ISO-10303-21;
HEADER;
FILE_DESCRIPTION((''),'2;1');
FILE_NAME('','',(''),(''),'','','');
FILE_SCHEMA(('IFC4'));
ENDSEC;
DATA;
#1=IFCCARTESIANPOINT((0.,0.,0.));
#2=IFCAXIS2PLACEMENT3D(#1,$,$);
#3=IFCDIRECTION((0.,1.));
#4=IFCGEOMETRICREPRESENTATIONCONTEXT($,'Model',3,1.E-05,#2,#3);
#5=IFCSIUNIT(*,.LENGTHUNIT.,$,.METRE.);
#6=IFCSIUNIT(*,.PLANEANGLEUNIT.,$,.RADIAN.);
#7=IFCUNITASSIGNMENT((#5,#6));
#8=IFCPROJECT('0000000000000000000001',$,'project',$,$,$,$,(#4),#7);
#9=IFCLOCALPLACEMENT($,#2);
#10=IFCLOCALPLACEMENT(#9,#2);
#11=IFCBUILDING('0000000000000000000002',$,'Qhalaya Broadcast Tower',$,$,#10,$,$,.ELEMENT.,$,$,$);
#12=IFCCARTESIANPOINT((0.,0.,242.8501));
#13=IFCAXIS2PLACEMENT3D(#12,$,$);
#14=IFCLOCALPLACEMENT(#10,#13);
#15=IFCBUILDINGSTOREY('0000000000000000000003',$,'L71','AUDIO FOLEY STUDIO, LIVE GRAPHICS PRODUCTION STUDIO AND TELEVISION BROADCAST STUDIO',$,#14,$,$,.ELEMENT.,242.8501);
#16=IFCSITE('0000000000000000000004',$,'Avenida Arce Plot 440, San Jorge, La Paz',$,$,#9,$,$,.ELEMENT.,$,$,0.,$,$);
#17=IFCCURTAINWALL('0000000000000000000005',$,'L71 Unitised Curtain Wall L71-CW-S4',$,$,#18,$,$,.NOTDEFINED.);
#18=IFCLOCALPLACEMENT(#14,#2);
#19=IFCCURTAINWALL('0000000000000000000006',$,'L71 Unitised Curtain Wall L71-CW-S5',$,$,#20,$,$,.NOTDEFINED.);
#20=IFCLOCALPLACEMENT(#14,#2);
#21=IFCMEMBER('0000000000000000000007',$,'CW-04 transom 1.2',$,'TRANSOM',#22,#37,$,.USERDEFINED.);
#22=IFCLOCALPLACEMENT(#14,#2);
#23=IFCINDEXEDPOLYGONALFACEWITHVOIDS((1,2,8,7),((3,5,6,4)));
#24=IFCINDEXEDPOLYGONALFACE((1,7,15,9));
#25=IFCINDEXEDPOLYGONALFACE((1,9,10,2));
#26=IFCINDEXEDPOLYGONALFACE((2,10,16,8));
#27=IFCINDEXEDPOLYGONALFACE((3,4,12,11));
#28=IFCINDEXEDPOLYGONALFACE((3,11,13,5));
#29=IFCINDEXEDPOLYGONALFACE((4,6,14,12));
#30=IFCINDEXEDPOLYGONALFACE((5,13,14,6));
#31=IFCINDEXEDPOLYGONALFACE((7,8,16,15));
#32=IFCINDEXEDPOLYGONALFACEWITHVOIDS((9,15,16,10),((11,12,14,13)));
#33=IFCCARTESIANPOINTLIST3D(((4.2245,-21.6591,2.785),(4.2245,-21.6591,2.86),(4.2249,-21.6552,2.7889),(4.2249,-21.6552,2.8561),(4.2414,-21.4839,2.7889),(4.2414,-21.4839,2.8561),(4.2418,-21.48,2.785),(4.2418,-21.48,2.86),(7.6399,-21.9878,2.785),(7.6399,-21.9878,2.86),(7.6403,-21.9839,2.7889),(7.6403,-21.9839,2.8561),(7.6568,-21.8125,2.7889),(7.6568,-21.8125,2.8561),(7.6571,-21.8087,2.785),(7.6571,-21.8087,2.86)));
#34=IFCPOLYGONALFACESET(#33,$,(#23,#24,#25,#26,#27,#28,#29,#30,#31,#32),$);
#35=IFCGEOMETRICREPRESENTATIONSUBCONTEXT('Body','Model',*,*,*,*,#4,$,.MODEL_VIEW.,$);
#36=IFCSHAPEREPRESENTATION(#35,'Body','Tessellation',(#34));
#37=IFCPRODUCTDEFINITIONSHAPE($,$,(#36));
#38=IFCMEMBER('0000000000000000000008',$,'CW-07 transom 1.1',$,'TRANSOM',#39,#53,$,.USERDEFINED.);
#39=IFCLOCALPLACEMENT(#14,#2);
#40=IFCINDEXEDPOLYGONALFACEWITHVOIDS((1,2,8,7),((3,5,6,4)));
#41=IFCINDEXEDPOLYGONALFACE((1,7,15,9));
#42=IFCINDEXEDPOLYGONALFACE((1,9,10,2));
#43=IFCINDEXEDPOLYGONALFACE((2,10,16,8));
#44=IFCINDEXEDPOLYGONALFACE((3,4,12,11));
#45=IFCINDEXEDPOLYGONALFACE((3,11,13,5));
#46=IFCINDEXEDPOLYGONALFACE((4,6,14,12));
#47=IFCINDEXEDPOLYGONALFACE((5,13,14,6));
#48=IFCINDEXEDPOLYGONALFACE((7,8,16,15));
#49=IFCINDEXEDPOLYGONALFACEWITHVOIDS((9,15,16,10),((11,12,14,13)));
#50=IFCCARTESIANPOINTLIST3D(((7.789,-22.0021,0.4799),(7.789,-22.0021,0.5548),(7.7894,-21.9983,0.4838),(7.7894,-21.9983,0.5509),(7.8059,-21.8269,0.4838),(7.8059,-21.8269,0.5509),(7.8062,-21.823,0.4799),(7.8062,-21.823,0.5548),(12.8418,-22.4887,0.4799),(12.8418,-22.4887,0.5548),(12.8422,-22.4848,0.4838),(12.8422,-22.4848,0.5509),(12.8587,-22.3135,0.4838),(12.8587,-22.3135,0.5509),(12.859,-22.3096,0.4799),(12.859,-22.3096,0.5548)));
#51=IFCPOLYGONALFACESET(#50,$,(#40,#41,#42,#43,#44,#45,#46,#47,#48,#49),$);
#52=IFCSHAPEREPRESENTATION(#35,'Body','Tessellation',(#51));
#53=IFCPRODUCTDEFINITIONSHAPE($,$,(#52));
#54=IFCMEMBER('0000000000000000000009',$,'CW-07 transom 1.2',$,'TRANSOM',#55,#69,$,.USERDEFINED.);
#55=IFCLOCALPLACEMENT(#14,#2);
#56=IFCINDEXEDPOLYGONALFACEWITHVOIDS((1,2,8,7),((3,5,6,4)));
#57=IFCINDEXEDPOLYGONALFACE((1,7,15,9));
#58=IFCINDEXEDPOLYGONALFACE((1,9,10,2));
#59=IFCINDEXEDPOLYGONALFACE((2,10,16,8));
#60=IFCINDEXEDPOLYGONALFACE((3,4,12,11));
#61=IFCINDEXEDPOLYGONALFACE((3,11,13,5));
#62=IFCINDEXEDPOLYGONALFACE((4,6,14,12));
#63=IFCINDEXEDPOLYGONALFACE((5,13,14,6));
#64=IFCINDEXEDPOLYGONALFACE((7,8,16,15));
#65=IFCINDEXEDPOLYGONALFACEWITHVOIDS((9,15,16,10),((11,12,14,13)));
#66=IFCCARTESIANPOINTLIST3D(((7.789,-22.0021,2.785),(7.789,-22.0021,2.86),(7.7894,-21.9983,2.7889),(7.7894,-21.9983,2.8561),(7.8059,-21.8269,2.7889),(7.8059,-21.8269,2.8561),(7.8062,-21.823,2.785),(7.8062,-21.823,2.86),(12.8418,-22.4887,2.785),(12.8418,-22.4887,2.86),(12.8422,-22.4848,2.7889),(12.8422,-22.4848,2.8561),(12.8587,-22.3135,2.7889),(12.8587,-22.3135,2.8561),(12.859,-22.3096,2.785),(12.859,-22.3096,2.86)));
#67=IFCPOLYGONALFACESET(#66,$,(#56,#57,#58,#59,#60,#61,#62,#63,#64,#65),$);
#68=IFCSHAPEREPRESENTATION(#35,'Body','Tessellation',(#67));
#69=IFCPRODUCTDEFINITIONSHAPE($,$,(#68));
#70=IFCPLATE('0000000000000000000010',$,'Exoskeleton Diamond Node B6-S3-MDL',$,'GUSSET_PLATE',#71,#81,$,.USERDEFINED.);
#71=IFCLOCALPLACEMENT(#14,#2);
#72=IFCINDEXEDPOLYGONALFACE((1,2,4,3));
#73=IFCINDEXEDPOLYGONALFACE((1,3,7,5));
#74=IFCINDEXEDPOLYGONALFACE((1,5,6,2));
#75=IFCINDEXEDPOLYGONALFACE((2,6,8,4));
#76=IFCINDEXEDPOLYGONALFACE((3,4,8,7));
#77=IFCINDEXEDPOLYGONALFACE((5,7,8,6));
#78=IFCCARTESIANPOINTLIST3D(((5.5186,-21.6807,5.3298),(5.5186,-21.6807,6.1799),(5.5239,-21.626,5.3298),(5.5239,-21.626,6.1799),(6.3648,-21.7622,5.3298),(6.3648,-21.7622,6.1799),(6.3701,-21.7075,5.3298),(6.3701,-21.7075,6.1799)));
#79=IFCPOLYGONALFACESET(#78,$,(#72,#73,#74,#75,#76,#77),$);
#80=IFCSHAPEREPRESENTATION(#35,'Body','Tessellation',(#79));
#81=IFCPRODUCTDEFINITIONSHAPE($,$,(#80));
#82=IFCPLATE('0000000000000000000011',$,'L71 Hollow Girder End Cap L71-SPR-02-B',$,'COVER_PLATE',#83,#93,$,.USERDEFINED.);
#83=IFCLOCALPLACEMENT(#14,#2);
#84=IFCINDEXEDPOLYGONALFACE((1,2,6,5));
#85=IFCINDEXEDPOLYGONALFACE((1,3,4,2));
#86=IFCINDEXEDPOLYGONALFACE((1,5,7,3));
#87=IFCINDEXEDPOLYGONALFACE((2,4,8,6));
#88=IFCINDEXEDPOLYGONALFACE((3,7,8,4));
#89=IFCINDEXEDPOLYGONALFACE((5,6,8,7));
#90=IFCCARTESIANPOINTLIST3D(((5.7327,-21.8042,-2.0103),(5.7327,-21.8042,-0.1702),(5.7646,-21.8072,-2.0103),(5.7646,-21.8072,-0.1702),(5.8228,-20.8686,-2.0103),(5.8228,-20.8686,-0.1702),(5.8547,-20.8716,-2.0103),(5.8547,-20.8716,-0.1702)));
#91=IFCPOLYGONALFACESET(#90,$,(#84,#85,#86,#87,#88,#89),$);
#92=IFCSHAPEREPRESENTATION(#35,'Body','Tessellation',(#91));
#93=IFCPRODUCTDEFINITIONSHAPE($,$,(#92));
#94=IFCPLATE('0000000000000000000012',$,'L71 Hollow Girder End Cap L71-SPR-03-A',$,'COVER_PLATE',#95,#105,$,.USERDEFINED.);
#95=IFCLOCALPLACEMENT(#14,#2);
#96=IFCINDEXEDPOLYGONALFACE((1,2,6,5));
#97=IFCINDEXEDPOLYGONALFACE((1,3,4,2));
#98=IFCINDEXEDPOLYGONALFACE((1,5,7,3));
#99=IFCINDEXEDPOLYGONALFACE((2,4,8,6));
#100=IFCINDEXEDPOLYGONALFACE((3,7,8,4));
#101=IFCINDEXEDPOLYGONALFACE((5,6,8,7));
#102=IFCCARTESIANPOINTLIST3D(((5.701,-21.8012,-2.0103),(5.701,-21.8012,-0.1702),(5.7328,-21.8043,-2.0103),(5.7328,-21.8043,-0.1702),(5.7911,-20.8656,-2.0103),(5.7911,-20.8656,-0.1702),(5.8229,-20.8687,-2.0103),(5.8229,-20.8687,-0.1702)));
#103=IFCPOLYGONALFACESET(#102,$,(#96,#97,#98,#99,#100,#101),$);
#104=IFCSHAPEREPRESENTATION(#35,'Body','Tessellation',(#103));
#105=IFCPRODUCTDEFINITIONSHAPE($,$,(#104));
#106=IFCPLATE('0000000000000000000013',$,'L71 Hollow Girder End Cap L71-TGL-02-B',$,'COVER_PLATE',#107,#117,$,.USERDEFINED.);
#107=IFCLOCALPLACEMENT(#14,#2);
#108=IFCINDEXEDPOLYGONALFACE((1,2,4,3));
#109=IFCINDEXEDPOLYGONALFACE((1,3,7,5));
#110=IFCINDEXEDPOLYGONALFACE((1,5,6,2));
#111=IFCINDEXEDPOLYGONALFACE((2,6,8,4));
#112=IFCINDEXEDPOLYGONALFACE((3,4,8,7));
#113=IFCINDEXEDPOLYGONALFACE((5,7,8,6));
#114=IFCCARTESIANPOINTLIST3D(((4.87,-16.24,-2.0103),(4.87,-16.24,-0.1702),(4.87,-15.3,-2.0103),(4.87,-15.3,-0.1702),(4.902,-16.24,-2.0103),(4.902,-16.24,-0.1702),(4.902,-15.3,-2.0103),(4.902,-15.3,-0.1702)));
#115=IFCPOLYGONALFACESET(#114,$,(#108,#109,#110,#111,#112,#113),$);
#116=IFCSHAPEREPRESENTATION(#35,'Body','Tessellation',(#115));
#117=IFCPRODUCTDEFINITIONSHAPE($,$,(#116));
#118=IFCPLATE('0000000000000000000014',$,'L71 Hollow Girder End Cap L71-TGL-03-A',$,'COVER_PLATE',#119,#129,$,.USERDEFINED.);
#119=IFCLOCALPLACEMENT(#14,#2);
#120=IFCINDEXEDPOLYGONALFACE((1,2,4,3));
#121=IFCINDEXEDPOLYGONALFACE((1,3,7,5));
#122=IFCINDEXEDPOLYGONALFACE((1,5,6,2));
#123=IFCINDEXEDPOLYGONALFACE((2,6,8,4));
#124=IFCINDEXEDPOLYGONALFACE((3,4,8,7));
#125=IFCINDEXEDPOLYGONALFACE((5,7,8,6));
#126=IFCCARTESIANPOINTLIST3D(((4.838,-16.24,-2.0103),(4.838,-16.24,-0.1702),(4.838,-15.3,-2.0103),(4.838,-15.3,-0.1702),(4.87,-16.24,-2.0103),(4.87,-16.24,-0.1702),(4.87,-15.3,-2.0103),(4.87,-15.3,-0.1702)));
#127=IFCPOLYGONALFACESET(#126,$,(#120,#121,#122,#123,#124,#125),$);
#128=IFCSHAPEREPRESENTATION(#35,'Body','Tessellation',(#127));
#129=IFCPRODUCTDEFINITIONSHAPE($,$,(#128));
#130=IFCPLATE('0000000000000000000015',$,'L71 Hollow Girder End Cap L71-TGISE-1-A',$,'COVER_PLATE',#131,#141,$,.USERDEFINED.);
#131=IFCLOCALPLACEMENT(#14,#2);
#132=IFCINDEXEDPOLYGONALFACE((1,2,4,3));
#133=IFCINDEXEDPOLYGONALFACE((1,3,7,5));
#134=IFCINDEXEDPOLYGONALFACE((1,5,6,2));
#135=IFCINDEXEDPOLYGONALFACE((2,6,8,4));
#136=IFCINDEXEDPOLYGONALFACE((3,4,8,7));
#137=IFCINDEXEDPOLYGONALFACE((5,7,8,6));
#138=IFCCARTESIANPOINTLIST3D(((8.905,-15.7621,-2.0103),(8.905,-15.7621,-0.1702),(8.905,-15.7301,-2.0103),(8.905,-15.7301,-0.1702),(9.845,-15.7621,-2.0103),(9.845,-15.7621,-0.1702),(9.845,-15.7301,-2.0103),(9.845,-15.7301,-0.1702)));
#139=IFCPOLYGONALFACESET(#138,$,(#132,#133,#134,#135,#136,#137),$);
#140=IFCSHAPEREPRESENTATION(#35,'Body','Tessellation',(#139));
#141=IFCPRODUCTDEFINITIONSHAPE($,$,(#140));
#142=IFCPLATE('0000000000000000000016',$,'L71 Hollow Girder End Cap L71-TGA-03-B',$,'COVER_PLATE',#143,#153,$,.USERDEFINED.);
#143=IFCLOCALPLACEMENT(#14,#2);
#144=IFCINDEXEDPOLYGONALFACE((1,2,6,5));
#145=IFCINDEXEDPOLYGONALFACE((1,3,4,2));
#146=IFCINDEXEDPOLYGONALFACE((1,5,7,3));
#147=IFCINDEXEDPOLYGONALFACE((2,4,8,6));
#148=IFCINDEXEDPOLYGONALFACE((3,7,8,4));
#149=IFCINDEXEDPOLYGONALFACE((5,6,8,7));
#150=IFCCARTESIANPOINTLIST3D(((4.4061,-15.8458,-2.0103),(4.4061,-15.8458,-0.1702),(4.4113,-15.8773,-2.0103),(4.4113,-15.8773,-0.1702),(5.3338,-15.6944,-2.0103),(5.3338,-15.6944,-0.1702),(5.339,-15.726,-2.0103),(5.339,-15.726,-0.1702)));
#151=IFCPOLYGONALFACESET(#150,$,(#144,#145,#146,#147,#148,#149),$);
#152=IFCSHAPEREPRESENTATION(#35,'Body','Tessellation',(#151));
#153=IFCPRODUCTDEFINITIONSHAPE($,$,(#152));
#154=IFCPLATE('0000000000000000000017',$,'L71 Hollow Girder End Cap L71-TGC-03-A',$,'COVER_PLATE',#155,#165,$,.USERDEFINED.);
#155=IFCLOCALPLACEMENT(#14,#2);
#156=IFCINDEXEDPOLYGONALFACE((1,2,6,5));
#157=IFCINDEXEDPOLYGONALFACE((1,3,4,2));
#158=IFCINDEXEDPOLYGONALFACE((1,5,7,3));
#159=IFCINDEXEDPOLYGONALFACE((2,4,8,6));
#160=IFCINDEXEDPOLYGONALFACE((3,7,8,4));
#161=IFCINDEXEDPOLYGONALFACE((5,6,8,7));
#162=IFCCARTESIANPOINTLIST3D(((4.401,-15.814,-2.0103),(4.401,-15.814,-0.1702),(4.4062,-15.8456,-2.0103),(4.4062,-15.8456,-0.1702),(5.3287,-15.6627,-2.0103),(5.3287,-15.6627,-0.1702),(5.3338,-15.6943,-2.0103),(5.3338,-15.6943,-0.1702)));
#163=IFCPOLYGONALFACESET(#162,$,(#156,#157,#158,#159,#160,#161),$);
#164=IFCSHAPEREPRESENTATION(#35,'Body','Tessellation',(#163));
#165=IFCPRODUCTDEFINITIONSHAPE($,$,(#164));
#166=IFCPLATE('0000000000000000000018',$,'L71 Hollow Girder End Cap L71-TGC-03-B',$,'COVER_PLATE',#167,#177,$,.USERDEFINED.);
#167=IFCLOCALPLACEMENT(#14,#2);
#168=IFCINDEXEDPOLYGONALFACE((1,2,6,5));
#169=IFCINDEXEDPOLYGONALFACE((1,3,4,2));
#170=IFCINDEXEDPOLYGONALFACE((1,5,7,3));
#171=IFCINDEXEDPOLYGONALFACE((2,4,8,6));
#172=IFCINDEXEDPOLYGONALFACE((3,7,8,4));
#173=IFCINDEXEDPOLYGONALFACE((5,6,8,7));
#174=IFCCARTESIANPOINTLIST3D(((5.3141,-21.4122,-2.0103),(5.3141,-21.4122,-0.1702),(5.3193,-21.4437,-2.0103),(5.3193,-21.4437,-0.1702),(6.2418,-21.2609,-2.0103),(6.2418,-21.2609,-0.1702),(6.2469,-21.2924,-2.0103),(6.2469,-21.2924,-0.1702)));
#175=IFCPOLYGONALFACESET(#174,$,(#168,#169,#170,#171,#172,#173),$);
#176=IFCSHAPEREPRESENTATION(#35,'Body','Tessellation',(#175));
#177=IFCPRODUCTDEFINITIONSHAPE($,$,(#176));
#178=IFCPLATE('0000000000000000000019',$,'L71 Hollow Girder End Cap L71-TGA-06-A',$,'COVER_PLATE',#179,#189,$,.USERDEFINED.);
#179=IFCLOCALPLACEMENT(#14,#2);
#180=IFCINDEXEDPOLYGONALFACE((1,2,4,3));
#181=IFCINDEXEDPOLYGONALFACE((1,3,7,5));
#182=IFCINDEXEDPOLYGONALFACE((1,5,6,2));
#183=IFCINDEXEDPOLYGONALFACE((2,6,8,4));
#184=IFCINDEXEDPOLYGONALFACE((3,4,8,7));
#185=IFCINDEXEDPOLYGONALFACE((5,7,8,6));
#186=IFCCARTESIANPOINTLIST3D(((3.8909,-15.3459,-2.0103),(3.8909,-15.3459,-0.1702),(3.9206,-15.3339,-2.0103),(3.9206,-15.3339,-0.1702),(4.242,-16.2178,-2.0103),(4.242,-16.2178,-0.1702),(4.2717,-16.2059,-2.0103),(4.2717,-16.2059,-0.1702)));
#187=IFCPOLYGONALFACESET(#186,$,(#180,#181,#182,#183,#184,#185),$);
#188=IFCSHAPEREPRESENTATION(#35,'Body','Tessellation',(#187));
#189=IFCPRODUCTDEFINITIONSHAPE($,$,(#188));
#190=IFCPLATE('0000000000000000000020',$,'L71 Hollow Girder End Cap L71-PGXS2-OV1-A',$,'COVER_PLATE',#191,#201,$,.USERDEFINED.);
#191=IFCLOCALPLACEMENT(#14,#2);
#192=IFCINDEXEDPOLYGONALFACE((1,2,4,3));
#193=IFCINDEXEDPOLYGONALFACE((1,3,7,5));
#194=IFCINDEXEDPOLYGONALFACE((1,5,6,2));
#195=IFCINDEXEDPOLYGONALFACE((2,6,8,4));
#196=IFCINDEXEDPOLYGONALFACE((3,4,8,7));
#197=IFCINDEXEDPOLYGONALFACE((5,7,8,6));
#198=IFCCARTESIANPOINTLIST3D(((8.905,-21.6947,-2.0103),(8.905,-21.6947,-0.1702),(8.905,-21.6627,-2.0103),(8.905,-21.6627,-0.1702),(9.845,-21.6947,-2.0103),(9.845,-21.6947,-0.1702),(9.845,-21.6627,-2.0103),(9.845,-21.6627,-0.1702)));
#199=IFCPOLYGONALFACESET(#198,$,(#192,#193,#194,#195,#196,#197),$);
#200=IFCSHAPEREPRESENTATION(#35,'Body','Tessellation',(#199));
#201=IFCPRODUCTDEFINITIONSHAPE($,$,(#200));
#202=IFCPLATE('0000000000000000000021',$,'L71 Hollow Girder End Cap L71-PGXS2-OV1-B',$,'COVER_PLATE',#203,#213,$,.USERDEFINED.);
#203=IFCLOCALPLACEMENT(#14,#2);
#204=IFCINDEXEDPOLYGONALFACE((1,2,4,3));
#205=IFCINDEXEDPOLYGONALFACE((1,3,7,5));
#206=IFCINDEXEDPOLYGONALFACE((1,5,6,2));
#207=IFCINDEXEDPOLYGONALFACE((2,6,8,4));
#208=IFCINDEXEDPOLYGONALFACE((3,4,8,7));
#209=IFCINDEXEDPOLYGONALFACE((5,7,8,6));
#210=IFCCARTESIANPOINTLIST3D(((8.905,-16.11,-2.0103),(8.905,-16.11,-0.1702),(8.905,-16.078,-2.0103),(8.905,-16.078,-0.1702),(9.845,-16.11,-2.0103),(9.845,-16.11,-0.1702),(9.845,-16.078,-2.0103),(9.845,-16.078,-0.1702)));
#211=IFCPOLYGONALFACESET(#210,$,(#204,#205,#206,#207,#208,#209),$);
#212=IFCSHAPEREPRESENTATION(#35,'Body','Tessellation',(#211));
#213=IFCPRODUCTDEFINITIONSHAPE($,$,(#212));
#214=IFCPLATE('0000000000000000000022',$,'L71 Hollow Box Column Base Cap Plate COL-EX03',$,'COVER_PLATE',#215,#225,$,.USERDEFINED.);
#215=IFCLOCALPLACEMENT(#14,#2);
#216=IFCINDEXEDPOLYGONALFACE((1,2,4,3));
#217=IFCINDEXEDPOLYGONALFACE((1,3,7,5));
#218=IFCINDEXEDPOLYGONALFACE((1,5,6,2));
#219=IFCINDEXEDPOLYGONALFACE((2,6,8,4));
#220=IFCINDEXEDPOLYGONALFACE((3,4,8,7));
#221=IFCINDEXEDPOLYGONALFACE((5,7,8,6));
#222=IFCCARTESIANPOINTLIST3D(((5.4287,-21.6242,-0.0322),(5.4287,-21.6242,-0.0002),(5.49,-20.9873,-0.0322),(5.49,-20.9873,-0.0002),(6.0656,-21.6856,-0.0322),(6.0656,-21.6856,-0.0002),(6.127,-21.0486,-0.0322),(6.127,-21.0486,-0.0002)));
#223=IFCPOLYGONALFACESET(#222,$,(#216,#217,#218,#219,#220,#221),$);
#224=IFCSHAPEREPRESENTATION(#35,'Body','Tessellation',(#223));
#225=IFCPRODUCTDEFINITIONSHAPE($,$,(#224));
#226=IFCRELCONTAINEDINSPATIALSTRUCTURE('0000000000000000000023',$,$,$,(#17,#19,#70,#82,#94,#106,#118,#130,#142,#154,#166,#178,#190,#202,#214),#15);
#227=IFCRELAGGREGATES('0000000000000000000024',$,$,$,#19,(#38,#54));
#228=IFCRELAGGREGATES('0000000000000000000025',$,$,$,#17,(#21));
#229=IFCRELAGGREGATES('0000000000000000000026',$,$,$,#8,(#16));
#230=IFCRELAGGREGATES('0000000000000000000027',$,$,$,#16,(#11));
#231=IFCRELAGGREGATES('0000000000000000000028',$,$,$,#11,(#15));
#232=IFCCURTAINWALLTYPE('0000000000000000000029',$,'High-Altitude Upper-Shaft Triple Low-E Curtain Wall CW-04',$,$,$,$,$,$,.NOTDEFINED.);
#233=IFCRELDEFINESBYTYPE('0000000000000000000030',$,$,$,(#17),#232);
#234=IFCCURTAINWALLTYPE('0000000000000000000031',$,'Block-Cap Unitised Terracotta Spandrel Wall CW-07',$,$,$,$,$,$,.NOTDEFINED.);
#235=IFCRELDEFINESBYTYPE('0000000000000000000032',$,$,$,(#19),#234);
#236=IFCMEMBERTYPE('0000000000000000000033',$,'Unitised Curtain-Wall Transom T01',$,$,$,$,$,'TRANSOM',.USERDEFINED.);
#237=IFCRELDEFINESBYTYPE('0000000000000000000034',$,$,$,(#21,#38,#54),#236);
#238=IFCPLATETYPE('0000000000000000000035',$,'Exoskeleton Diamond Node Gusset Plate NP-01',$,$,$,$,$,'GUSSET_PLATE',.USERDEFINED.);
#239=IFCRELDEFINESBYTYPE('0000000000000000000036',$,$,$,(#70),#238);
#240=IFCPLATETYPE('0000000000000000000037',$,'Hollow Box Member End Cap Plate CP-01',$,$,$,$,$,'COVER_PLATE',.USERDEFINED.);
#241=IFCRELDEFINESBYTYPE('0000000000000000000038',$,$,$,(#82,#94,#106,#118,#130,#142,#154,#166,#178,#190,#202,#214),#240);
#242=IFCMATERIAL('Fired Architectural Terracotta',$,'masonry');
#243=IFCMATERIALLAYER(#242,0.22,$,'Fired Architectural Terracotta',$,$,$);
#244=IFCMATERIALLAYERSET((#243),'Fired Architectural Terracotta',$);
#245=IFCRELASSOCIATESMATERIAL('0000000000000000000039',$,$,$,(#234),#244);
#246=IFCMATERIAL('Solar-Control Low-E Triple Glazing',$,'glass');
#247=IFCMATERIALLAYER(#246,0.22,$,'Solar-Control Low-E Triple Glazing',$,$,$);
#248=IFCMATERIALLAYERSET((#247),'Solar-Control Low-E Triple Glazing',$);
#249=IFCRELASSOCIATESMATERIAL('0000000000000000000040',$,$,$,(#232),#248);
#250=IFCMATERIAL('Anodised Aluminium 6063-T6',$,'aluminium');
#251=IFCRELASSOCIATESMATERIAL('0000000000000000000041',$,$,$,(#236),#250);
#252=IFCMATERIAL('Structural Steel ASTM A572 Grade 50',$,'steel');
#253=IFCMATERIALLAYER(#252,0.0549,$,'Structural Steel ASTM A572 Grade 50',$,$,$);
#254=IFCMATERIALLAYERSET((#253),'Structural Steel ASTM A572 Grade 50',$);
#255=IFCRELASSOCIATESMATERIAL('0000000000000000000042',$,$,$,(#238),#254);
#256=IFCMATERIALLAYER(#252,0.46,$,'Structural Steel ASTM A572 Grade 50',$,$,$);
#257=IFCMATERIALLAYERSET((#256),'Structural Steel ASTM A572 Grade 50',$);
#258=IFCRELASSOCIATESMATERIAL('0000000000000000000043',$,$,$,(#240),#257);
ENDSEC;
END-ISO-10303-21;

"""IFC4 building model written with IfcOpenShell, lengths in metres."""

from ifc_helpers import new_model, si_unit, direction, frame, origin, origin_2d, place, context, subcontext, project, spatial, rectangle, hollow_rectangle, extrude, material, layer, layer_set, material_profile, profile_set, type_object, element, aggregate, save


model = new_model("IFC4")

# Units and contexts
model_context = context("Model", 3, precision=1e-05, world=origin(), true_north=direction((0.0, 1.0)))
body_context = subcontext(model_context, "Body", "Model", "MODEL_VIEW")
ifc_project = project(units=[si_unit("LENGTHUNIT", "METRE"), si_unit("PLANEANGLEUNIT", "RADIAN")], contexts=[model_context])

# Site, building, storey
site_placement = place(None, origin())
site = spatial("IfcSite", under=ifc_project, at=site_placement, Name="Avenida Arce Plot 440, San Jorge, La Paz", CompositionType="ELEMENT", RefElevation=0.0)
building_placement = place(site_placement, origin())
building = spatial("IfcBuilding", under=site, at=building_placement, Name="Qhalaya Broadcast Tower", CompositionType="ELEMENT")
storey_placement = place(building_placement, frame((0.0, 0.0, 242.8501)))
storey = spatial("IfcBuildingStorey", under=building, at=storey_placement, Name="L71", Description="AUDIO FOLEY STUDIO, LIVE GRAPHICS PRODUCTION STUDIO AND TELEVISION BROADCAST STUDIO", CompositionType="ELEMENT", Elevation=242.8501)

# Shared definitions
ifc_material_1 = material(Name="Structural Steel ASTM A572 Grade 50", Category="steel")

# Shared definitions
ifc_material_2 = material(Name="Fired Architectural Terracotta", Category="masonry")
ifc_layer_1 = layer(ifc_material_2, 0.22, Name="Fired Architectural Terracotta")
ifc_layer_set_1 = layer_set([ifc_layer_1], Name="Fired Architectural Terracotta")
curtain_wall_type_1 = type_object("IfcCurtainWallType", Name="Block-Cap Unitised Terracotta Spandrel Wall CW-07", PredefinedType="NOTDEFINED", material=ifc_layer_set_1)
ifc_material_3 = material(Name="Anodised Aluminium 6063-T6", Category="aluminium")

# Curtain wall
ifc_material_4 = material(Name="Solar-Control Low-E Triple Glazing", Category="glass")
ifc_layer_2 = layer(ifc_material_4, 0.22, Name="Solar-Control Low-E Triple Glazing")
ifc_layer_set_2 = layer_set([ifc_layer_2], Name="Solar-Control Low-E Triple Glazing")
curtain_wall_type_2 = type_object("IfcCurtainWallType", Name="High-Altitude Upper-Shaft Triple Low-E Curtain Wall CW-04", PredefinedType="NOTDEFINED", material=ifc_layer_set_2)
curtain_wall_1_placement = place(storey_placement, origin())
curtain_wall_1 = element("IfcCurtainWall", 1, at=curtain_wall_1_placement, inside=storey, type_object=curtain_wall_type_2, Name="L71 Unitised Curtain Wall L71-CW-S4", PredefinedType="NOTDEFINED")

# Curtain wall
curtain_wall_2_placement = place(storey_placement, origin())
curtain_wall_2 = element("IfcCurtainWall", 2, at=curtain_wall_2_placement, inside=storey, type_object=curtain_wall_type_1, Name="L71 Unitised Curtain Wall L71-CW-S5", PredefinedType="NOTDEFINED")

# Members
ifc_material_profile_1 = material_profile(ifc_material_3, hollow_rectangle(XDim=0.075, YDim=0.1799, WallThickness=0.0039, at=origin_2d()), Name="ALU-TRN 75x180x4")
ifc_profile_set_1 = profile_set([ifc_material_profile_1], Name="Anodised Aluminium 6063-T6")
member_type_1 = type_object("IfcMemberType", Name="Unitised Curtain-Wall Transom T01", ElementType="TRANSOM", PredefinedType="USERDEFINED", material=ifc_profile_set_1)
member_1_placement = place(storey_placement, frame((4.2332, -21.5696, 2.8225), z_axis=(0.995403, -0.095776, 0.0), x_axis=(0.0, 0.0, 1.0)))
member_1 = element("IfcMember", 3, at=member_1_placement, type_object=member_type_1, Name="CW-04 transom 1.2", ObjectType="TRANSOM", PredefinedType="USERDEFINED", context=body_context, shape_type="SweptSolid", body=[
    extrude(hollow_rectangle(XDim=0.075, YDim=0.1799, WallThickness=0.0039, at=origin_2d()), origin(), (0.0, 0.0, 1.0), 3.4312),
])
member_2_placement = place(storey_placement, frame((7.7976, -21.9126, 0.5173), z_axis=(0.995395, -0.095855, 0.0), x_axis=(0.0, 0.0, 1.0)))
member_2 = element("IfcMember", 4, at=member_2_placement, type_object=member_type_1, Name="CW-07 transom 1.1", ObjectType="TRANSOM", PredefinedType="USERDEFINED", context=body_context, shape_type="SweptSolid", body=[
    extrude(hollow_rectangle(XDim=0.075, YDim=0.1799, WallThickness=0.0039, at=origin_2d()), origin(), (0.0, 0.0, 1.0), 5.0762),
])
member_3_placement = place(storey_placement, frame((7.7976, -21.9126, 2.8225), z_axis=(0.995395, -0.095855, 0.0), x_axis=(0.0, 0.0, 1.0)))
member_3 = element("IfcMember", 5, at=member_3_placement, type_object=member_type_1, Name="CW-07 transom 1.2", ObjectType="TRANSOM", PredefinedType="USERDEFINED", context=body_context, shape_type="SweptSolid", body=[
    extrude(hollow_rectangle(XDim=0.075, YDim=0.1799, WallThickness=0.0039, at=origin_2d()), origin(), (0.0, 0.0, 1.0), 5.0762),
])
aggregate(curtain_wall_2, [member_2, member_3])

# Plates
ifc_layer_3 = layer(ifc_material_1, 0.0549, Name="Structural Steel ASTM A572 Grade 50")
ifc_layer_set_3 = layer_set([ifc_layer_3], Name="Structural Steel ASTM A572 Grade 50")
plate_type_1 = type_object("IfcPlateType", Name="Exoskeleton Diamond Node Gusset Plate NP-01", ElementType="GUSSET_PLATE", PredefinedType="USERDEFINED", material=ifc_layer_set_3)
plate_1_placement = place(storey_placement, frame((5.9443, -21.6941, 5.3298), z_axis=(0.0, 0.0, 1.0), x_axis=(0.995396, -0.095846, 0.0)))
element("IfcPlate", 6, at=plate_1_placement, inside=storey, type_object=plate_type_1, Name="Exoskeleton Diamond Node B6-S3-MDL", ObjectType="GUSSET_PLATE", PredefinedType="USERDEFINED", context=body_context, shape_type="SweptSolid", body=[
    extrude(rectangle(XDim=0.8501, YDim=0.0549, at=origin_2d()), origin(), (0.0, 0.0, 1.0), 0.8501),
])
ifc_layer_4 = layer(ifc_material_1, 0.46, Name="Structural Steel ASTM A572 Grade 50")
ifc_layer_set_4 = layer_set([ifc_layer_4], Name="Structural Steel ASTM A572 Grade 50")
plate_type_2 = type_object("IfcPlateType", Name="Hollow Box Member End Cap Plate CP-01", ElementType="COVER_PLATE", PredefinedType="USERDEFINED", material=ifc_layer_set_4)
for number, where, z_axis, x_axis, name in (
    (7, (5.7937, -21.3379, -2.0103), (0.0, 0.0, 1.0), (0.095846, 0.995396, 0.0), "L71 Hollow Girder End Cap L71-SPR-02-B"),
    (8, (5.762, -21.335, -2.0103), (0.0, 0.0, 1.0), (0.095846, 0.995396, 0.0), "L71 Hollow Girder End Cap L71-SPR-03-A"),
    (9, (4.886, -15.77, -2.0103), (0.0, 0.0, 1.0), (0.0, 1.0, 0.0), "L71 Hollow Girder End Cap L71-TGL-02-B"),
    (10, (4.854, -15.77, -2.0103), (0.0, 0.0, 1.0), (0.0, 1.0, 0.0), "L71 Hollow Girder End Cap L71-TGL-03-A"),
    (11, (9.375, -15.7461, -2.0103), (0.0, 0.0, 1.0), (-1.0, 0.0, 0.0), "L71 Hollow Girder End Cap L71-TGISE-1-A"),
    (12, (4.8726, -15.7859, -2.0103), (0.0, 0.0, 1.0), (0.986957, 0.160984, 0.0), "L71 Hollow Girder End Cap L71-TGA-03-B"),
    (13, (4.8674, -15.7542, -2.0103), (0.0, 0.0, 1.0), (0.986957, 0.160984, 0.0), "L71 Hollow Girder End Cap L71-TGC-03-A"),
    (14, (5.7805, -21.3523, -2.0103), (0.0, 0.0, 1.0), (0.986957, 0.160984, 0.0), "L71 Hollow Girder End Cap L71-TGC-03-B"),
    (15, (4.0813, -15.7759, -2.0103), (0.0, 0.0, 1.0), (-0.373474, 0.927641, 0.0), "L71 Hollow Girder End Cap L71-TGA-06-A"),
    (16, (9.375, -21.6787, -2.0103), (0.0, 0.0, 1.0), (-1.0, 0.0, 0.0), "L71 Hollow Girder End Cap L71-PGXS2-OV1-A"),
    (17, (9.375, -16.094, -2.0103), (0.0, 0.0, 1.0), (-1.0, 0.0, 0.0), "L71 Hollow Girder End Cap L71-PGXS2-OV1-B"),
):
    element("IfcPlate", number, at=place(storey_placement, frame(where, z_axis=z_axis, x_axis=x_axis)), inside=storey, type_object=plate_type_2, Name=name, ObjectType="COVER_PLATE", PredefinedType="USERDEFINED", context=body_context, shape_type="SweptSolid", body=[
        extrude(rectangle(XDim=0.9399, YDim=0.032, at=origin_2d()), origin(), (0.0, 0.0, 1.0), 1.8401),
    ])
plate_2_placement = place(storey_placement, frame((5.7778, -21.3364, -0.0322), z_axis=(0.0, 0.0, 1.0), x_axis=(0.995396, -0.095846, 0.0)))
element("IfcPlate", 18, at=plate_2_placement, inside=storey, type_object=plate_type_2, Name="L71 Hollow Box Column Base Cap Plate COL-EX03", ObjectType="COVER_PLATE", PredefinedType="USERDEFINED", context=body_context, shape_type="SweptSolid", body=[
    extrude(rectangle(XDim=0.6399, YDim=0.6399, at=origin_2d()), origin(), (0.0, 0.0, 1.0), 0.032),
])

aggregate(curtain_wall_1, [member_1])

save(model, "model.ifc")
